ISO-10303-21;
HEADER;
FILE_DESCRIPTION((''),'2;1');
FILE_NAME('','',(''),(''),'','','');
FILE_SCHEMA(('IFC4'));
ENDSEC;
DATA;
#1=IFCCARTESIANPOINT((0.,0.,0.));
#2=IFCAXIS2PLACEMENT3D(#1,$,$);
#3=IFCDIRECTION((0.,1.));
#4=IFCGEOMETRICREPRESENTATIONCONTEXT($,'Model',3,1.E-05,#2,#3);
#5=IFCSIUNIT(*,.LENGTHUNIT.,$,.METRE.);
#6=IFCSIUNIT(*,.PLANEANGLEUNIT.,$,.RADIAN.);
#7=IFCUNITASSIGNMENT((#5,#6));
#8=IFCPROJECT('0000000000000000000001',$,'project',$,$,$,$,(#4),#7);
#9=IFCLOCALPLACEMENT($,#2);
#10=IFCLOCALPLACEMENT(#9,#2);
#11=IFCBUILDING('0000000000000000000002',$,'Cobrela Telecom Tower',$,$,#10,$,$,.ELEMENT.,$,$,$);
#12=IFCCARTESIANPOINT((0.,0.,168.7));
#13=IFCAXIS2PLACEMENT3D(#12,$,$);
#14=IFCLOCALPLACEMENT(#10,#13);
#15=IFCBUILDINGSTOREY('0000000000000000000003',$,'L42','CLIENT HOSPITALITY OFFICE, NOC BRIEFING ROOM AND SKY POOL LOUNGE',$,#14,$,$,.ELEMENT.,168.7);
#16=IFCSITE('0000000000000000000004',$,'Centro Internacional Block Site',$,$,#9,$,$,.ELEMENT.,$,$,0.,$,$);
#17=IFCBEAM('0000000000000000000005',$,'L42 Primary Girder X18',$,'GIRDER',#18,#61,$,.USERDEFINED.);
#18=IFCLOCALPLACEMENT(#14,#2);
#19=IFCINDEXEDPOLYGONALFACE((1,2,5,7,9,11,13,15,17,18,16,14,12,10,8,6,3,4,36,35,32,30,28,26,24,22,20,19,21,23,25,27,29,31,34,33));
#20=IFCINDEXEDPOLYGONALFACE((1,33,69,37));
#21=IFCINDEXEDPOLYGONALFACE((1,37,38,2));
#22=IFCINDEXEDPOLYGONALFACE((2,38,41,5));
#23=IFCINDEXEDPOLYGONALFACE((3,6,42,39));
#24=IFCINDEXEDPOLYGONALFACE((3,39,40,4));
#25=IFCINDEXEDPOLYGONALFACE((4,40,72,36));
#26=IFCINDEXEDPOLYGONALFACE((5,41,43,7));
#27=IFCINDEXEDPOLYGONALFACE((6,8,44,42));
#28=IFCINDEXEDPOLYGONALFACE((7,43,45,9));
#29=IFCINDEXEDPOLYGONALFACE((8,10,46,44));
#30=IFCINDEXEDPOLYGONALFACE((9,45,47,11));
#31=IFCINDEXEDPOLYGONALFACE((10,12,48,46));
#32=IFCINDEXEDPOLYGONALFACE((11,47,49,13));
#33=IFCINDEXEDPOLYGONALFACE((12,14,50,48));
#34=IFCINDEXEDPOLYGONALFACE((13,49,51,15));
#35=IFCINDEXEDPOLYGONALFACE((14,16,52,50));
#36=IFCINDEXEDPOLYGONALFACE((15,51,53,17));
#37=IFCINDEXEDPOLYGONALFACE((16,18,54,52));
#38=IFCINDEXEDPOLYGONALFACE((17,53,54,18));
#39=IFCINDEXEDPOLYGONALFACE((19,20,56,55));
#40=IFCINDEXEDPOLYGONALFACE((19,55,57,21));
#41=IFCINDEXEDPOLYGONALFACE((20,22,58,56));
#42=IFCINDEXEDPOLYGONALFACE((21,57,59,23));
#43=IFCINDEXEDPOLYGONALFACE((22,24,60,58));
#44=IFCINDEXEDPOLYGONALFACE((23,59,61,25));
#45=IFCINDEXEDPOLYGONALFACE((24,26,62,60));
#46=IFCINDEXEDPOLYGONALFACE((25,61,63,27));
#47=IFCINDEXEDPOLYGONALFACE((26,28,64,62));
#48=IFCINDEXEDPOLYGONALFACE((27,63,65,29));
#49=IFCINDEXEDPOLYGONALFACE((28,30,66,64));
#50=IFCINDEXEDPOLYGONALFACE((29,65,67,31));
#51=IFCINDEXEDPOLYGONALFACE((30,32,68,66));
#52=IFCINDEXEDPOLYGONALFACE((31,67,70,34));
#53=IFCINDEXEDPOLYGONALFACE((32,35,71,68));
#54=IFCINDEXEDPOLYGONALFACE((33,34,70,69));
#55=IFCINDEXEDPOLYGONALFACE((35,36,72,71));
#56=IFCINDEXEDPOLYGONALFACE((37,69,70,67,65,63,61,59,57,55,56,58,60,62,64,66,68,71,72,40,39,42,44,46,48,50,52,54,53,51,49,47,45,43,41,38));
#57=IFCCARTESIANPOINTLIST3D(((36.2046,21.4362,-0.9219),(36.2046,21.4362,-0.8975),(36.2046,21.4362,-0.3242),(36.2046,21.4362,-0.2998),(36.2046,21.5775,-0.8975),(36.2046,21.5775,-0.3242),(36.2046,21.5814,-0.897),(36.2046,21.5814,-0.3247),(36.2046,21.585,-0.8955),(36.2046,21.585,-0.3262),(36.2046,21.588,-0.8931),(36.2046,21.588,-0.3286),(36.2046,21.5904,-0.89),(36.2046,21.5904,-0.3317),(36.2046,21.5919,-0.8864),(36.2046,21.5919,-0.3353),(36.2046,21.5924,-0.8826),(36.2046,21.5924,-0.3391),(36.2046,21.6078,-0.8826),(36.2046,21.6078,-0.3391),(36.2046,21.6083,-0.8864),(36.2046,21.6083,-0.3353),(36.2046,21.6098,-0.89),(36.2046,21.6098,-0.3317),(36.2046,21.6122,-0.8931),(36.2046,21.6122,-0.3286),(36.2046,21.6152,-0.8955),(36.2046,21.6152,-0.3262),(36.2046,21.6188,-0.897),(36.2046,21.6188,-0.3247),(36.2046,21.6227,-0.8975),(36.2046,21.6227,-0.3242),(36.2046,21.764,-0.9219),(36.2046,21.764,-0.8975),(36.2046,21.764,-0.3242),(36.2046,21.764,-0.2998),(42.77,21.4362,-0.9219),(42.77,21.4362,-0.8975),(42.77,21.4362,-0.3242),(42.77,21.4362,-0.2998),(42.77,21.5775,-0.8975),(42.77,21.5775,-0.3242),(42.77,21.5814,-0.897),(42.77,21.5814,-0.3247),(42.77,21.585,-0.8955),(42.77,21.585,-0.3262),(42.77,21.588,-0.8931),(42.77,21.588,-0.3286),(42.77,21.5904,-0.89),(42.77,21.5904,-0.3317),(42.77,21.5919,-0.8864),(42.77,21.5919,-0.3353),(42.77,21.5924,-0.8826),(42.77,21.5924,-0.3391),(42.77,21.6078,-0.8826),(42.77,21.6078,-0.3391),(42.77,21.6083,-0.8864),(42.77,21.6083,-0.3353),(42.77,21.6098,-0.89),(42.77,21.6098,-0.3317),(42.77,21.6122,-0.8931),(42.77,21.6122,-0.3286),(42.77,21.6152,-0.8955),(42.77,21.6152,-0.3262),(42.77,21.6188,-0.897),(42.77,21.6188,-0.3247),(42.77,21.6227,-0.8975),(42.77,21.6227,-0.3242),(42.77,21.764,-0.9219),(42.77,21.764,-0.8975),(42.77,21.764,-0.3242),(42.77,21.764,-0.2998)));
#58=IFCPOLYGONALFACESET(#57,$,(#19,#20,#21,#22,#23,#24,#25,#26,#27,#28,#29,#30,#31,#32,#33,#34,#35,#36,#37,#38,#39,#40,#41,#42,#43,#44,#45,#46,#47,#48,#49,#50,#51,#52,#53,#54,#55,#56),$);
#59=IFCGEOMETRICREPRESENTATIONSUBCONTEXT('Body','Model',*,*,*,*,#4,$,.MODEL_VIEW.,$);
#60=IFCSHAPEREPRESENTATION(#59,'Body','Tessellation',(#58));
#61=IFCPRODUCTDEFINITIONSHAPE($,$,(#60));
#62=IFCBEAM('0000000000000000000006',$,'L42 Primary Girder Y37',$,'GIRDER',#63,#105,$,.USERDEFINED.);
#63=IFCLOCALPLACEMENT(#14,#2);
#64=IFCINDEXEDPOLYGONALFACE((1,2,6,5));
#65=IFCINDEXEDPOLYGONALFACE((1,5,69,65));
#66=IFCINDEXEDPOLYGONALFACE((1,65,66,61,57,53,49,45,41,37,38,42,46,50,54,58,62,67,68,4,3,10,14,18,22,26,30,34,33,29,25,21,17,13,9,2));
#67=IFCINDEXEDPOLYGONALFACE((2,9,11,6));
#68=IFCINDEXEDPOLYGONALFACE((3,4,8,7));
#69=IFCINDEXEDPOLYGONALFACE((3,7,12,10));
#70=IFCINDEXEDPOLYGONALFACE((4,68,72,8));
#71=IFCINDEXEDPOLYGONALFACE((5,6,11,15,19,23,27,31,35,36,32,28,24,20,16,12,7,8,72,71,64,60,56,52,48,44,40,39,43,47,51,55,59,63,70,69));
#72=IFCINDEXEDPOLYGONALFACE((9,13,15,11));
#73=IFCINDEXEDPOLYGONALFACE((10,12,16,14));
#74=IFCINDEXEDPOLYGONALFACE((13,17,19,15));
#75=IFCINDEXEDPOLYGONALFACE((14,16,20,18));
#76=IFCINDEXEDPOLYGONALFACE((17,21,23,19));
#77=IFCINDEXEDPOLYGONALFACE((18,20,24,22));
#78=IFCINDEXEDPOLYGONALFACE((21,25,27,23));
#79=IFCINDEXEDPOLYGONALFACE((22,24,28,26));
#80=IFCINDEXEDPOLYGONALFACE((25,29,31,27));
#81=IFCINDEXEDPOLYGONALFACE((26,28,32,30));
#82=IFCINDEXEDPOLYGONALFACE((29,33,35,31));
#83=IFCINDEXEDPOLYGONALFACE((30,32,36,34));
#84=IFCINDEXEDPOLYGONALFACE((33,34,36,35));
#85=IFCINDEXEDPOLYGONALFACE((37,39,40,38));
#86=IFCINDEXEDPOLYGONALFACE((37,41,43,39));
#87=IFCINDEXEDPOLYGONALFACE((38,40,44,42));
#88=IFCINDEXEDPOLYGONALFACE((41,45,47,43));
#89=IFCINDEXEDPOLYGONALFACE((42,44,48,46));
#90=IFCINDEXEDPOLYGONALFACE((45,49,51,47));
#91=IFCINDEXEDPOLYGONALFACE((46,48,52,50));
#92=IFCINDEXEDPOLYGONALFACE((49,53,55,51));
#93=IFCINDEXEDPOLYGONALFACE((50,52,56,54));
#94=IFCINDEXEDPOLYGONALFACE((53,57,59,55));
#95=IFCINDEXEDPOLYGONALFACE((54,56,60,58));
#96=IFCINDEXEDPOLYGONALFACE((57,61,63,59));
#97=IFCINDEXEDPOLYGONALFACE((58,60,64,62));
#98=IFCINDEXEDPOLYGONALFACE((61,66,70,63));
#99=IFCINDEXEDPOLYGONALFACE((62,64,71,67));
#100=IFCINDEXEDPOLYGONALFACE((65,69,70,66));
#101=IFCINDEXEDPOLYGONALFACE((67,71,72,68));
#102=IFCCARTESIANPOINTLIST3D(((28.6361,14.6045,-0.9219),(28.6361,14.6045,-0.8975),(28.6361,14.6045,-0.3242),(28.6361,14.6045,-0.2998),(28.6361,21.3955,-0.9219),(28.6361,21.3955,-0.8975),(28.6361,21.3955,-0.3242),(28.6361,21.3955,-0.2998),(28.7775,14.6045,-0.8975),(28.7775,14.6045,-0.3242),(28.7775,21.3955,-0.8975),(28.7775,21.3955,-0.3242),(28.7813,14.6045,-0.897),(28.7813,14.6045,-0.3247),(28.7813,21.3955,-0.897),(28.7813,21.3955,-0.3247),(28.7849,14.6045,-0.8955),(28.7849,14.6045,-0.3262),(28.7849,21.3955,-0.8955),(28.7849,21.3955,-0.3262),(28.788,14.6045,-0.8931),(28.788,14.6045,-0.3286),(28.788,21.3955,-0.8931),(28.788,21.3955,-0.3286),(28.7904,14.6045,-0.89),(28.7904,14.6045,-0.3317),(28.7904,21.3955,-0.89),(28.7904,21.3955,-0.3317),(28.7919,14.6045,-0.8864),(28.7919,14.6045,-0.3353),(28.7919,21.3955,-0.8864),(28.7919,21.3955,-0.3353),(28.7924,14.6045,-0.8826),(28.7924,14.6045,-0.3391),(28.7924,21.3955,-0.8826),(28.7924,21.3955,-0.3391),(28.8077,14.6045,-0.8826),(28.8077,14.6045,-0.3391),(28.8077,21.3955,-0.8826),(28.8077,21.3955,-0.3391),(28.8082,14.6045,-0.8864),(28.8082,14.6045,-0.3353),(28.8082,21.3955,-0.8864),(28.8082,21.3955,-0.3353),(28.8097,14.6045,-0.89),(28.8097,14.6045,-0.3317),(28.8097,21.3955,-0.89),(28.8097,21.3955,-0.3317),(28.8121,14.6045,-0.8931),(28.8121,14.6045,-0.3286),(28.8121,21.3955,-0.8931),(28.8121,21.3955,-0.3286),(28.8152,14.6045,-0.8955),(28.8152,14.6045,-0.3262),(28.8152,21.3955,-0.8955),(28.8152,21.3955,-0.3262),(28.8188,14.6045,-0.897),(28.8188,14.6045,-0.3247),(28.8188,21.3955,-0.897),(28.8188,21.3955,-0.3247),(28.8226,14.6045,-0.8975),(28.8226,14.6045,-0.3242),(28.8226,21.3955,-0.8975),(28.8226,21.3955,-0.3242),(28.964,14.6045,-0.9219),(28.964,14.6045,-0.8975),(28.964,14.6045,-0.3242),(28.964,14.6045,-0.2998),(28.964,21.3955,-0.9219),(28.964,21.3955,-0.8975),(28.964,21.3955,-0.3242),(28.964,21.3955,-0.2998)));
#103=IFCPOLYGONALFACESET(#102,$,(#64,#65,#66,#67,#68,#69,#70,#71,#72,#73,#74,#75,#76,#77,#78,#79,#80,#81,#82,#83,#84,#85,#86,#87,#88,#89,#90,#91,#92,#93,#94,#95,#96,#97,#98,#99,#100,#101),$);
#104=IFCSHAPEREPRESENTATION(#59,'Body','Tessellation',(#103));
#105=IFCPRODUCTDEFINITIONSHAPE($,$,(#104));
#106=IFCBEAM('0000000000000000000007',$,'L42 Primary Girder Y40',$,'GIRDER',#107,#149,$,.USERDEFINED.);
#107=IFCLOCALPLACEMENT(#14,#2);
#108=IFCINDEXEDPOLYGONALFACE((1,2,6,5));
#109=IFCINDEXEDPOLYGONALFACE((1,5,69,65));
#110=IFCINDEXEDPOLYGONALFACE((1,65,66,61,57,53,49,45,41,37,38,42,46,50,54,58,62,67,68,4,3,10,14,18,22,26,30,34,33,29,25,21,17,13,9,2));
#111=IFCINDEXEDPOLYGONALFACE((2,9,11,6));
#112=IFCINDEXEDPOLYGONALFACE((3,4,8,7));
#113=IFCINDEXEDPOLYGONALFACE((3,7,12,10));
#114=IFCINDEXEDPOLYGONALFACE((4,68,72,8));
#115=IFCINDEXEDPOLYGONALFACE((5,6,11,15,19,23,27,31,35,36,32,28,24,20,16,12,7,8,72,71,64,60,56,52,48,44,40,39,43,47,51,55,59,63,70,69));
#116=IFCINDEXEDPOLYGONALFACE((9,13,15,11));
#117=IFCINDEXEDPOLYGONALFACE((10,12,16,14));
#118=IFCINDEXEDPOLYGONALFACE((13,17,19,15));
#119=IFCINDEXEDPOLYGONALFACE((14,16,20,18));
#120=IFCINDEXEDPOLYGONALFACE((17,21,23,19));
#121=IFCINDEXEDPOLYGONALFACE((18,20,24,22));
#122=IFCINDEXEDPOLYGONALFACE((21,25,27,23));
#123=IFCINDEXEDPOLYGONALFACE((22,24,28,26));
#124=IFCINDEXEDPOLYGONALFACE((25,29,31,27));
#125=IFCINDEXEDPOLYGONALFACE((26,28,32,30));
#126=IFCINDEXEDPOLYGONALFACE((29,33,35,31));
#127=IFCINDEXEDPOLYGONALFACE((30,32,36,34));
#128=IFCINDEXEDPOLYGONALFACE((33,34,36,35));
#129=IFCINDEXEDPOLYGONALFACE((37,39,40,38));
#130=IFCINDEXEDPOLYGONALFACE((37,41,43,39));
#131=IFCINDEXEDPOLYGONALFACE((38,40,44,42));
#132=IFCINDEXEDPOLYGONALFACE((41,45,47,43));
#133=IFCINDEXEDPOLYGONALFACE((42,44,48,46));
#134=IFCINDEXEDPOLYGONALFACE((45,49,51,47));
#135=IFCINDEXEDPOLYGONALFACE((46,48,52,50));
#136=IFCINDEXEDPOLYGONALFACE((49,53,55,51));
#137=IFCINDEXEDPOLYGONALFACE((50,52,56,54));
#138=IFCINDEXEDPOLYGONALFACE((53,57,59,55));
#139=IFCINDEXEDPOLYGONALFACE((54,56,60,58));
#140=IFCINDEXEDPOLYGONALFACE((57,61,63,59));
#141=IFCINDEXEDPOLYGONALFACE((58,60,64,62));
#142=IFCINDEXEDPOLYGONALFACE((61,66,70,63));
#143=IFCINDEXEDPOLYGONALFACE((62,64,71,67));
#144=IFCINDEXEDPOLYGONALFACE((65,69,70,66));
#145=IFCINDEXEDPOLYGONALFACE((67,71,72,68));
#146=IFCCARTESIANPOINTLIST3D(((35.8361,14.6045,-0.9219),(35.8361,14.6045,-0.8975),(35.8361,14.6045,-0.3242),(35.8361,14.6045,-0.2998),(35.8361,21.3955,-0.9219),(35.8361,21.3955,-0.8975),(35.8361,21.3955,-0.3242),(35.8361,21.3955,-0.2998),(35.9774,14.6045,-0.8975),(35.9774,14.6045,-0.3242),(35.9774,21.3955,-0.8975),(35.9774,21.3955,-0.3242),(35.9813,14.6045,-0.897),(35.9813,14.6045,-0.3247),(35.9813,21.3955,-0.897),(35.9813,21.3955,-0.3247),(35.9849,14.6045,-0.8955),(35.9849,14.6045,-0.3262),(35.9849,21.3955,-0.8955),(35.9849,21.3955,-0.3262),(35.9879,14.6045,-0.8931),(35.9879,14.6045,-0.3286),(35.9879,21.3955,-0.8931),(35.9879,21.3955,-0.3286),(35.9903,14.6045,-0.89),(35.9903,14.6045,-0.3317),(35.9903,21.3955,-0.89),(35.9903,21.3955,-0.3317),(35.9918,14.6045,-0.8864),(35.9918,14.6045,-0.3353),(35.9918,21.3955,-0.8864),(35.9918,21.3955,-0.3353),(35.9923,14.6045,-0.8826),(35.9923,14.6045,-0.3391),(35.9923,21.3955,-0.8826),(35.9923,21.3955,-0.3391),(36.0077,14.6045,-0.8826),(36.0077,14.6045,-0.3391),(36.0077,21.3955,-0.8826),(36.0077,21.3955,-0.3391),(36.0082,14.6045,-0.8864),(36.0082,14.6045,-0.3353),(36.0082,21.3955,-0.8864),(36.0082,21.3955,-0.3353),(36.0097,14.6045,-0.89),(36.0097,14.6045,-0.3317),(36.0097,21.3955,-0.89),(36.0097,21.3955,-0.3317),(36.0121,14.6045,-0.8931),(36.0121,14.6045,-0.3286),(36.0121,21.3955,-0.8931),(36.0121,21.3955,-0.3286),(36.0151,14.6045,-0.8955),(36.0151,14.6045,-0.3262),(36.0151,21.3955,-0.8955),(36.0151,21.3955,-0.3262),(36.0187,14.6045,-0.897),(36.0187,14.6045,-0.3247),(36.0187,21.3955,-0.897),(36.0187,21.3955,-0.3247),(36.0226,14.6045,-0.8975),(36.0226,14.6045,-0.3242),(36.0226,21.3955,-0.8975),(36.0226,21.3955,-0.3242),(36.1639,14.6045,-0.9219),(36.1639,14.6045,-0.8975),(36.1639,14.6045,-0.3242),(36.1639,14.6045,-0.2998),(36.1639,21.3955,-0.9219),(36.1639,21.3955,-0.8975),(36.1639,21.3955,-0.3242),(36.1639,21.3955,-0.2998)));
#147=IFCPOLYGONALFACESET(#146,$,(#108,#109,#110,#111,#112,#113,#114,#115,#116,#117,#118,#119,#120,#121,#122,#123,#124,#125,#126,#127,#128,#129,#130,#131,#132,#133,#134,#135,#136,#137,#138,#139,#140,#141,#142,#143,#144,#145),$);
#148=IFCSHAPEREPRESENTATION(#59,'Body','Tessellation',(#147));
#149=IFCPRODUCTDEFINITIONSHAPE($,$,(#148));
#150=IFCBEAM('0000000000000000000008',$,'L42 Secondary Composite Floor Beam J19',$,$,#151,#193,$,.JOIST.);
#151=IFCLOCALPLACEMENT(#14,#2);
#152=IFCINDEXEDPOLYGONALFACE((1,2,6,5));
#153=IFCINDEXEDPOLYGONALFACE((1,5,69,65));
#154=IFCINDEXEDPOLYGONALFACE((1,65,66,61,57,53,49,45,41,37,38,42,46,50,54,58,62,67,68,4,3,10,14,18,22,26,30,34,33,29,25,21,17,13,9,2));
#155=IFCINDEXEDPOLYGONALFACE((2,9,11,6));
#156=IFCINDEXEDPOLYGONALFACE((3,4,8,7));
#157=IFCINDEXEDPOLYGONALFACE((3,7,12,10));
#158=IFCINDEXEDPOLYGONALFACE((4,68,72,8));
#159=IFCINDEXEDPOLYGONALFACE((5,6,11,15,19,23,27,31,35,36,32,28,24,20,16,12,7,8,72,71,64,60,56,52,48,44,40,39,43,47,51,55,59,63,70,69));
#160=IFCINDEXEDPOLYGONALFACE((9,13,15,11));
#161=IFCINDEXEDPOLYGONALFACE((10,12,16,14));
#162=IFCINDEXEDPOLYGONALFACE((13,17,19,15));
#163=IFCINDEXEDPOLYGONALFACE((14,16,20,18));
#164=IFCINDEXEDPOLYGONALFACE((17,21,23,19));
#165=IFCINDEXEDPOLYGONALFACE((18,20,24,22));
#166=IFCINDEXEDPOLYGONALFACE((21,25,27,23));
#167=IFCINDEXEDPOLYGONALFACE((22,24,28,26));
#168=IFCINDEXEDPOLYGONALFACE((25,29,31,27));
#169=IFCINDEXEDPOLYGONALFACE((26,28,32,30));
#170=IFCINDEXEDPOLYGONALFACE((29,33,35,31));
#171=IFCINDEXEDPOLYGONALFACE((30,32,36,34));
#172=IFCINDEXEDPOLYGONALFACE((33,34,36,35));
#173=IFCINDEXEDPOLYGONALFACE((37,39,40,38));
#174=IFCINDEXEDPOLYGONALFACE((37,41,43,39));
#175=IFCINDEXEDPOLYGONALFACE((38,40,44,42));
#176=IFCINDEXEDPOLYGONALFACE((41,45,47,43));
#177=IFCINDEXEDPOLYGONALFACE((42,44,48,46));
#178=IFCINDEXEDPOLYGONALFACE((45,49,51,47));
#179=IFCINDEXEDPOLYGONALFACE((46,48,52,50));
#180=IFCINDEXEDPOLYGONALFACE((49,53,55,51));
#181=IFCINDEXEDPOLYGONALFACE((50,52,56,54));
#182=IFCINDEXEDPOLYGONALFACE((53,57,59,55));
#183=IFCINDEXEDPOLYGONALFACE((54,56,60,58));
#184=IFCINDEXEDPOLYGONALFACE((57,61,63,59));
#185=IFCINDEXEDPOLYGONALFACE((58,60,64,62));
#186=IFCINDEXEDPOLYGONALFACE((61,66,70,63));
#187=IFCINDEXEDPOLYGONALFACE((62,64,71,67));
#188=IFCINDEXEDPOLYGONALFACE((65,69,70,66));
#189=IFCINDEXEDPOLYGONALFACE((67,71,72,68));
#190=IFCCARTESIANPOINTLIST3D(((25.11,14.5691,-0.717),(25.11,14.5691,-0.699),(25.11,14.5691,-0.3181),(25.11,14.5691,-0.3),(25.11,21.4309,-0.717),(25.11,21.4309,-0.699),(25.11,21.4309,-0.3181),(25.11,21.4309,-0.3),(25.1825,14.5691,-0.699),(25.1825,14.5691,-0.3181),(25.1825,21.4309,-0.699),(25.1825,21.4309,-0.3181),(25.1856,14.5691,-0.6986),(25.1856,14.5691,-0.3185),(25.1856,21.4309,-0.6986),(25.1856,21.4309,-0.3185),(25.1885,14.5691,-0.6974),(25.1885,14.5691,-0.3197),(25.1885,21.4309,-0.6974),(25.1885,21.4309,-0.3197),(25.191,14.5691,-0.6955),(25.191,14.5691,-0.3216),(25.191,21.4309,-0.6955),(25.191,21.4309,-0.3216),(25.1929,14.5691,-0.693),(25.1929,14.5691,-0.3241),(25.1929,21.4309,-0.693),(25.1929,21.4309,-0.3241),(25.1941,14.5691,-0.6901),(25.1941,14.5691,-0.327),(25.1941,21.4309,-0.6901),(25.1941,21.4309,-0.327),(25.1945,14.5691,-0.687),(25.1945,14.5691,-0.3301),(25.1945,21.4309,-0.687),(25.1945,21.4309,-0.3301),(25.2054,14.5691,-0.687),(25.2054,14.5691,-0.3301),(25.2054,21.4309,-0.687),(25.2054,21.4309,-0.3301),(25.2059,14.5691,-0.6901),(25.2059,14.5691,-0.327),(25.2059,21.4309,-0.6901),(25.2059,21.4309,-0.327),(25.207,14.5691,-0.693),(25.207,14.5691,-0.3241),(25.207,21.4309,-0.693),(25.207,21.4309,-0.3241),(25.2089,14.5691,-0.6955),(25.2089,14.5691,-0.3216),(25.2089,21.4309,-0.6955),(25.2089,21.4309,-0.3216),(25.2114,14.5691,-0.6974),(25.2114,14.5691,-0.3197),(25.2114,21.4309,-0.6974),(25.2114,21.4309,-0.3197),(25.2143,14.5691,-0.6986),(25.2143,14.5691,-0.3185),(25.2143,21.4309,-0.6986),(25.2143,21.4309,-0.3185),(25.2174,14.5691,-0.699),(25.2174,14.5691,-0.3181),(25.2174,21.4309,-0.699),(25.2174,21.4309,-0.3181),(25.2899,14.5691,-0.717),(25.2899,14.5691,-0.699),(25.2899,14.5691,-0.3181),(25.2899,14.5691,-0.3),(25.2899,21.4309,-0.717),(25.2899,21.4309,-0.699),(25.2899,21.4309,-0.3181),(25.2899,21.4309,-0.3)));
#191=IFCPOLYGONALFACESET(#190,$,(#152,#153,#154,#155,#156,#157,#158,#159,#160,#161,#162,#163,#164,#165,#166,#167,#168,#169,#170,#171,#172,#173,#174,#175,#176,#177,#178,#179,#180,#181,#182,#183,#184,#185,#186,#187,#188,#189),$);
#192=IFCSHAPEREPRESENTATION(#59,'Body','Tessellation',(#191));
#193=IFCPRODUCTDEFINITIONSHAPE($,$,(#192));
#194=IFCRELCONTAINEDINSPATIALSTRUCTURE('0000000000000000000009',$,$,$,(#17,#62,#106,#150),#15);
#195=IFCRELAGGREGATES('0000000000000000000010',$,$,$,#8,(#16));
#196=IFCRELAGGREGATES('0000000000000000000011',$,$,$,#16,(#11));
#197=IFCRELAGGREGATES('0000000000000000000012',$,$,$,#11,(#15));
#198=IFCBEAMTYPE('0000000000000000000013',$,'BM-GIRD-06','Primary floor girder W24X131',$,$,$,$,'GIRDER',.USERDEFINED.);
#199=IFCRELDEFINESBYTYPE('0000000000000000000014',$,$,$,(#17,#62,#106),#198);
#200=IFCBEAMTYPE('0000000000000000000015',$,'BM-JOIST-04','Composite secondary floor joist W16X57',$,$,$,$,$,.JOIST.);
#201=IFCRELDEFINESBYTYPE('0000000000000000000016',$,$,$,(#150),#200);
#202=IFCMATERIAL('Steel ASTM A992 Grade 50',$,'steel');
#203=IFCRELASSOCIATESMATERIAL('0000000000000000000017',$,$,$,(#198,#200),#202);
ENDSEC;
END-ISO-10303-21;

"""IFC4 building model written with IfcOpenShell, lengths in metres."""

from ifc_helpers import new_model, si_unit, direction, frame, origin, origin_2d, place, context, subcontext, project, spatial, i_section, extrude, material, material_profile, profile_set, type_object, element, save


model = new_model("IFC4")

# Units and contexts
model_context = context("Model", 3, precision=1e-05, world=origin(), true_north=direction((0.0, 1.0)))
body_context = subcontext(model_context, "Body", "Model", "MODEL_VIEW")
ifc_project = project(units=[si_unit("LENGTHUNIT", "METRE"), si_unit("PLANEANGLEUNIT", "RADIAN")], contexts=[model_context])

# Site, building, storey
site_placement = place(None, origin())
site = spatial("IfcSite", under=ifc_project, at=site_placement, Name="Centro Internacional Block Site", CompositionType="ELEMENT", RefElevation=0.0)
building_placement = place(site_placement, origin())
building = spatial("IfcBuilding", under=site, at=building_placement, Name="Cobrela Telecom Tower", CompositionType="ELEMENT")
storey_placement = place(building_placement, frame((0.0, 0.0, 168.7)))
storey = spatial("IfcBuildingStorey", under=building, at=storey_placement, Name="L42", Description="CLIENT HOSPITALITY OFFICE, NOC BRIEFING ROOM AND SKY POOL LOUNGE", CompositionType="ELEMENT", Elevation=168.7)

# Shared definitions
ifc_material_1 = material(Name="Steel ASTM A992 Grade 50", Category="steel")

# Beams
ifc_material_profile_1 = material_profile(ifc_material_1, i_section(OverallWidth=0.3279, OverallDepth=0.6221, WebThickness=0.0154, FlangeThickness=0.0244, FilletRadius=0.0149, at=origin_2d()), Name="W24X131")
ifc_profile_set_1 = profile_set([ifc_material_profile_1], Name="Steel ASTM A992 Grade 50")
beam_type_1 = type_object("IfcBeamType", Name="BM-GIRD-06", Description="Primary floor girder W24X131", ElementType="GIRDER", PredefinedType="USERDEFINED", material=ifc_profile_set_1)
beam_placement = place(storey_placement, frame((36.2046, 21.6001, -0.6108), z_axis=(1.0, 0.0, 0.0), x_axis=(0.0, 1.0, 0.0)))
element("IfcBeam", 1, at=beam_placement, inside=storey, type_object=beam_type_1, Name="L42 Primary Girder X18", ObjectType="GIRDER", PredefinedType="USERDEFINED", context=body_context, shape_type="SweptSolid", body=[
    extrude(i_section(OverallWidth=0.3279, OverallDepth=0.6221, WebThickness=0.0154, FlangeThickness=0.0244, FilletRadius=0.0149, at=origin_2d()), origin(), (0.0, 0.0, 1.0), 6.5654),
])
for number, where, z_axis, x_axis, name in (
    (2, (28.8, 14.6045, -0.6108), (0.0, 1.0, 0.0), (-1.0, 0.0, 0.0), "L42 Primary Girder Y37"),
    (3, (36.0, 14.6045, -0.6108), (0.0, 1.0, 0.0), (-1.0, 0.0, 0.0), "L42 Primary Girder Y40"),
):
    element("IfcBeam", number, at=place(storey_placement, frame(where, z_axis=z_axis, x_axis=x_axis)), inside=storey, type_object=beam_type_1, Name=name, ObjectType="GIRDER", PredefinedType="USERDEFINED", context=body_context, shape_type="SweptSolid", body=[
        extrude(i_section(OverallWidth=0.3279, OverallDepth=0.6221, WebThickness=0.0154, FlangeThickness=0.0244, FilletRadius=0.0149, at=origin_2d()), origin(), (0.0, 0.0, 1.0), 6.791),
    ])
ifc_material_profile_2 = material_profile(ifc_material_1, i_section(OverallWidth=0.1799, OverallDepth=0.417, WebThickness=0.011, FlangeThickness=0.0181, FilletRadius=0.012, at=origin_2d()), Name="W16X57")
ifc_profile_set_2 = profile_set([ifc_material_profile_2], Name="Steel ASTM A992 Grade 50")
beam_type_2 = type_object("IfcBeamType", Name="BM-JOIST-04", Description="Composite secondary floor joist W16X57", PredefinedType="JOIST", material=ifc_profile_set_2)
for number, where, z_axis, x_axis, name in (
    (4, (25.2, 14.5691, -0.5085), (0.0, 1.0, 0.0), (-1.0, 0.0, 0.0), "L42 Secondary Composite Floor Beam J19"),
):
    element("IfcBeam", number, at=place(storey_placement, frame(where, z_axis=z_axis, x_axis=x_axis)), inside=storey, type_object=beam_type_2, Name=name, PredefinedType="JOIST", context=body_context, shape_type="SweptSolid", body=[
        extrude(i_section(OverallWidth=0.1799, OverallDepth=0.417, WebThickness=0.011, FlangeThickness=0.0181, FilletRadius=0.012, at=origin_2d()), origin(), (0.0, 0.0, 1.0), 6.8618),
    ])

save(model, "model.ifc")
